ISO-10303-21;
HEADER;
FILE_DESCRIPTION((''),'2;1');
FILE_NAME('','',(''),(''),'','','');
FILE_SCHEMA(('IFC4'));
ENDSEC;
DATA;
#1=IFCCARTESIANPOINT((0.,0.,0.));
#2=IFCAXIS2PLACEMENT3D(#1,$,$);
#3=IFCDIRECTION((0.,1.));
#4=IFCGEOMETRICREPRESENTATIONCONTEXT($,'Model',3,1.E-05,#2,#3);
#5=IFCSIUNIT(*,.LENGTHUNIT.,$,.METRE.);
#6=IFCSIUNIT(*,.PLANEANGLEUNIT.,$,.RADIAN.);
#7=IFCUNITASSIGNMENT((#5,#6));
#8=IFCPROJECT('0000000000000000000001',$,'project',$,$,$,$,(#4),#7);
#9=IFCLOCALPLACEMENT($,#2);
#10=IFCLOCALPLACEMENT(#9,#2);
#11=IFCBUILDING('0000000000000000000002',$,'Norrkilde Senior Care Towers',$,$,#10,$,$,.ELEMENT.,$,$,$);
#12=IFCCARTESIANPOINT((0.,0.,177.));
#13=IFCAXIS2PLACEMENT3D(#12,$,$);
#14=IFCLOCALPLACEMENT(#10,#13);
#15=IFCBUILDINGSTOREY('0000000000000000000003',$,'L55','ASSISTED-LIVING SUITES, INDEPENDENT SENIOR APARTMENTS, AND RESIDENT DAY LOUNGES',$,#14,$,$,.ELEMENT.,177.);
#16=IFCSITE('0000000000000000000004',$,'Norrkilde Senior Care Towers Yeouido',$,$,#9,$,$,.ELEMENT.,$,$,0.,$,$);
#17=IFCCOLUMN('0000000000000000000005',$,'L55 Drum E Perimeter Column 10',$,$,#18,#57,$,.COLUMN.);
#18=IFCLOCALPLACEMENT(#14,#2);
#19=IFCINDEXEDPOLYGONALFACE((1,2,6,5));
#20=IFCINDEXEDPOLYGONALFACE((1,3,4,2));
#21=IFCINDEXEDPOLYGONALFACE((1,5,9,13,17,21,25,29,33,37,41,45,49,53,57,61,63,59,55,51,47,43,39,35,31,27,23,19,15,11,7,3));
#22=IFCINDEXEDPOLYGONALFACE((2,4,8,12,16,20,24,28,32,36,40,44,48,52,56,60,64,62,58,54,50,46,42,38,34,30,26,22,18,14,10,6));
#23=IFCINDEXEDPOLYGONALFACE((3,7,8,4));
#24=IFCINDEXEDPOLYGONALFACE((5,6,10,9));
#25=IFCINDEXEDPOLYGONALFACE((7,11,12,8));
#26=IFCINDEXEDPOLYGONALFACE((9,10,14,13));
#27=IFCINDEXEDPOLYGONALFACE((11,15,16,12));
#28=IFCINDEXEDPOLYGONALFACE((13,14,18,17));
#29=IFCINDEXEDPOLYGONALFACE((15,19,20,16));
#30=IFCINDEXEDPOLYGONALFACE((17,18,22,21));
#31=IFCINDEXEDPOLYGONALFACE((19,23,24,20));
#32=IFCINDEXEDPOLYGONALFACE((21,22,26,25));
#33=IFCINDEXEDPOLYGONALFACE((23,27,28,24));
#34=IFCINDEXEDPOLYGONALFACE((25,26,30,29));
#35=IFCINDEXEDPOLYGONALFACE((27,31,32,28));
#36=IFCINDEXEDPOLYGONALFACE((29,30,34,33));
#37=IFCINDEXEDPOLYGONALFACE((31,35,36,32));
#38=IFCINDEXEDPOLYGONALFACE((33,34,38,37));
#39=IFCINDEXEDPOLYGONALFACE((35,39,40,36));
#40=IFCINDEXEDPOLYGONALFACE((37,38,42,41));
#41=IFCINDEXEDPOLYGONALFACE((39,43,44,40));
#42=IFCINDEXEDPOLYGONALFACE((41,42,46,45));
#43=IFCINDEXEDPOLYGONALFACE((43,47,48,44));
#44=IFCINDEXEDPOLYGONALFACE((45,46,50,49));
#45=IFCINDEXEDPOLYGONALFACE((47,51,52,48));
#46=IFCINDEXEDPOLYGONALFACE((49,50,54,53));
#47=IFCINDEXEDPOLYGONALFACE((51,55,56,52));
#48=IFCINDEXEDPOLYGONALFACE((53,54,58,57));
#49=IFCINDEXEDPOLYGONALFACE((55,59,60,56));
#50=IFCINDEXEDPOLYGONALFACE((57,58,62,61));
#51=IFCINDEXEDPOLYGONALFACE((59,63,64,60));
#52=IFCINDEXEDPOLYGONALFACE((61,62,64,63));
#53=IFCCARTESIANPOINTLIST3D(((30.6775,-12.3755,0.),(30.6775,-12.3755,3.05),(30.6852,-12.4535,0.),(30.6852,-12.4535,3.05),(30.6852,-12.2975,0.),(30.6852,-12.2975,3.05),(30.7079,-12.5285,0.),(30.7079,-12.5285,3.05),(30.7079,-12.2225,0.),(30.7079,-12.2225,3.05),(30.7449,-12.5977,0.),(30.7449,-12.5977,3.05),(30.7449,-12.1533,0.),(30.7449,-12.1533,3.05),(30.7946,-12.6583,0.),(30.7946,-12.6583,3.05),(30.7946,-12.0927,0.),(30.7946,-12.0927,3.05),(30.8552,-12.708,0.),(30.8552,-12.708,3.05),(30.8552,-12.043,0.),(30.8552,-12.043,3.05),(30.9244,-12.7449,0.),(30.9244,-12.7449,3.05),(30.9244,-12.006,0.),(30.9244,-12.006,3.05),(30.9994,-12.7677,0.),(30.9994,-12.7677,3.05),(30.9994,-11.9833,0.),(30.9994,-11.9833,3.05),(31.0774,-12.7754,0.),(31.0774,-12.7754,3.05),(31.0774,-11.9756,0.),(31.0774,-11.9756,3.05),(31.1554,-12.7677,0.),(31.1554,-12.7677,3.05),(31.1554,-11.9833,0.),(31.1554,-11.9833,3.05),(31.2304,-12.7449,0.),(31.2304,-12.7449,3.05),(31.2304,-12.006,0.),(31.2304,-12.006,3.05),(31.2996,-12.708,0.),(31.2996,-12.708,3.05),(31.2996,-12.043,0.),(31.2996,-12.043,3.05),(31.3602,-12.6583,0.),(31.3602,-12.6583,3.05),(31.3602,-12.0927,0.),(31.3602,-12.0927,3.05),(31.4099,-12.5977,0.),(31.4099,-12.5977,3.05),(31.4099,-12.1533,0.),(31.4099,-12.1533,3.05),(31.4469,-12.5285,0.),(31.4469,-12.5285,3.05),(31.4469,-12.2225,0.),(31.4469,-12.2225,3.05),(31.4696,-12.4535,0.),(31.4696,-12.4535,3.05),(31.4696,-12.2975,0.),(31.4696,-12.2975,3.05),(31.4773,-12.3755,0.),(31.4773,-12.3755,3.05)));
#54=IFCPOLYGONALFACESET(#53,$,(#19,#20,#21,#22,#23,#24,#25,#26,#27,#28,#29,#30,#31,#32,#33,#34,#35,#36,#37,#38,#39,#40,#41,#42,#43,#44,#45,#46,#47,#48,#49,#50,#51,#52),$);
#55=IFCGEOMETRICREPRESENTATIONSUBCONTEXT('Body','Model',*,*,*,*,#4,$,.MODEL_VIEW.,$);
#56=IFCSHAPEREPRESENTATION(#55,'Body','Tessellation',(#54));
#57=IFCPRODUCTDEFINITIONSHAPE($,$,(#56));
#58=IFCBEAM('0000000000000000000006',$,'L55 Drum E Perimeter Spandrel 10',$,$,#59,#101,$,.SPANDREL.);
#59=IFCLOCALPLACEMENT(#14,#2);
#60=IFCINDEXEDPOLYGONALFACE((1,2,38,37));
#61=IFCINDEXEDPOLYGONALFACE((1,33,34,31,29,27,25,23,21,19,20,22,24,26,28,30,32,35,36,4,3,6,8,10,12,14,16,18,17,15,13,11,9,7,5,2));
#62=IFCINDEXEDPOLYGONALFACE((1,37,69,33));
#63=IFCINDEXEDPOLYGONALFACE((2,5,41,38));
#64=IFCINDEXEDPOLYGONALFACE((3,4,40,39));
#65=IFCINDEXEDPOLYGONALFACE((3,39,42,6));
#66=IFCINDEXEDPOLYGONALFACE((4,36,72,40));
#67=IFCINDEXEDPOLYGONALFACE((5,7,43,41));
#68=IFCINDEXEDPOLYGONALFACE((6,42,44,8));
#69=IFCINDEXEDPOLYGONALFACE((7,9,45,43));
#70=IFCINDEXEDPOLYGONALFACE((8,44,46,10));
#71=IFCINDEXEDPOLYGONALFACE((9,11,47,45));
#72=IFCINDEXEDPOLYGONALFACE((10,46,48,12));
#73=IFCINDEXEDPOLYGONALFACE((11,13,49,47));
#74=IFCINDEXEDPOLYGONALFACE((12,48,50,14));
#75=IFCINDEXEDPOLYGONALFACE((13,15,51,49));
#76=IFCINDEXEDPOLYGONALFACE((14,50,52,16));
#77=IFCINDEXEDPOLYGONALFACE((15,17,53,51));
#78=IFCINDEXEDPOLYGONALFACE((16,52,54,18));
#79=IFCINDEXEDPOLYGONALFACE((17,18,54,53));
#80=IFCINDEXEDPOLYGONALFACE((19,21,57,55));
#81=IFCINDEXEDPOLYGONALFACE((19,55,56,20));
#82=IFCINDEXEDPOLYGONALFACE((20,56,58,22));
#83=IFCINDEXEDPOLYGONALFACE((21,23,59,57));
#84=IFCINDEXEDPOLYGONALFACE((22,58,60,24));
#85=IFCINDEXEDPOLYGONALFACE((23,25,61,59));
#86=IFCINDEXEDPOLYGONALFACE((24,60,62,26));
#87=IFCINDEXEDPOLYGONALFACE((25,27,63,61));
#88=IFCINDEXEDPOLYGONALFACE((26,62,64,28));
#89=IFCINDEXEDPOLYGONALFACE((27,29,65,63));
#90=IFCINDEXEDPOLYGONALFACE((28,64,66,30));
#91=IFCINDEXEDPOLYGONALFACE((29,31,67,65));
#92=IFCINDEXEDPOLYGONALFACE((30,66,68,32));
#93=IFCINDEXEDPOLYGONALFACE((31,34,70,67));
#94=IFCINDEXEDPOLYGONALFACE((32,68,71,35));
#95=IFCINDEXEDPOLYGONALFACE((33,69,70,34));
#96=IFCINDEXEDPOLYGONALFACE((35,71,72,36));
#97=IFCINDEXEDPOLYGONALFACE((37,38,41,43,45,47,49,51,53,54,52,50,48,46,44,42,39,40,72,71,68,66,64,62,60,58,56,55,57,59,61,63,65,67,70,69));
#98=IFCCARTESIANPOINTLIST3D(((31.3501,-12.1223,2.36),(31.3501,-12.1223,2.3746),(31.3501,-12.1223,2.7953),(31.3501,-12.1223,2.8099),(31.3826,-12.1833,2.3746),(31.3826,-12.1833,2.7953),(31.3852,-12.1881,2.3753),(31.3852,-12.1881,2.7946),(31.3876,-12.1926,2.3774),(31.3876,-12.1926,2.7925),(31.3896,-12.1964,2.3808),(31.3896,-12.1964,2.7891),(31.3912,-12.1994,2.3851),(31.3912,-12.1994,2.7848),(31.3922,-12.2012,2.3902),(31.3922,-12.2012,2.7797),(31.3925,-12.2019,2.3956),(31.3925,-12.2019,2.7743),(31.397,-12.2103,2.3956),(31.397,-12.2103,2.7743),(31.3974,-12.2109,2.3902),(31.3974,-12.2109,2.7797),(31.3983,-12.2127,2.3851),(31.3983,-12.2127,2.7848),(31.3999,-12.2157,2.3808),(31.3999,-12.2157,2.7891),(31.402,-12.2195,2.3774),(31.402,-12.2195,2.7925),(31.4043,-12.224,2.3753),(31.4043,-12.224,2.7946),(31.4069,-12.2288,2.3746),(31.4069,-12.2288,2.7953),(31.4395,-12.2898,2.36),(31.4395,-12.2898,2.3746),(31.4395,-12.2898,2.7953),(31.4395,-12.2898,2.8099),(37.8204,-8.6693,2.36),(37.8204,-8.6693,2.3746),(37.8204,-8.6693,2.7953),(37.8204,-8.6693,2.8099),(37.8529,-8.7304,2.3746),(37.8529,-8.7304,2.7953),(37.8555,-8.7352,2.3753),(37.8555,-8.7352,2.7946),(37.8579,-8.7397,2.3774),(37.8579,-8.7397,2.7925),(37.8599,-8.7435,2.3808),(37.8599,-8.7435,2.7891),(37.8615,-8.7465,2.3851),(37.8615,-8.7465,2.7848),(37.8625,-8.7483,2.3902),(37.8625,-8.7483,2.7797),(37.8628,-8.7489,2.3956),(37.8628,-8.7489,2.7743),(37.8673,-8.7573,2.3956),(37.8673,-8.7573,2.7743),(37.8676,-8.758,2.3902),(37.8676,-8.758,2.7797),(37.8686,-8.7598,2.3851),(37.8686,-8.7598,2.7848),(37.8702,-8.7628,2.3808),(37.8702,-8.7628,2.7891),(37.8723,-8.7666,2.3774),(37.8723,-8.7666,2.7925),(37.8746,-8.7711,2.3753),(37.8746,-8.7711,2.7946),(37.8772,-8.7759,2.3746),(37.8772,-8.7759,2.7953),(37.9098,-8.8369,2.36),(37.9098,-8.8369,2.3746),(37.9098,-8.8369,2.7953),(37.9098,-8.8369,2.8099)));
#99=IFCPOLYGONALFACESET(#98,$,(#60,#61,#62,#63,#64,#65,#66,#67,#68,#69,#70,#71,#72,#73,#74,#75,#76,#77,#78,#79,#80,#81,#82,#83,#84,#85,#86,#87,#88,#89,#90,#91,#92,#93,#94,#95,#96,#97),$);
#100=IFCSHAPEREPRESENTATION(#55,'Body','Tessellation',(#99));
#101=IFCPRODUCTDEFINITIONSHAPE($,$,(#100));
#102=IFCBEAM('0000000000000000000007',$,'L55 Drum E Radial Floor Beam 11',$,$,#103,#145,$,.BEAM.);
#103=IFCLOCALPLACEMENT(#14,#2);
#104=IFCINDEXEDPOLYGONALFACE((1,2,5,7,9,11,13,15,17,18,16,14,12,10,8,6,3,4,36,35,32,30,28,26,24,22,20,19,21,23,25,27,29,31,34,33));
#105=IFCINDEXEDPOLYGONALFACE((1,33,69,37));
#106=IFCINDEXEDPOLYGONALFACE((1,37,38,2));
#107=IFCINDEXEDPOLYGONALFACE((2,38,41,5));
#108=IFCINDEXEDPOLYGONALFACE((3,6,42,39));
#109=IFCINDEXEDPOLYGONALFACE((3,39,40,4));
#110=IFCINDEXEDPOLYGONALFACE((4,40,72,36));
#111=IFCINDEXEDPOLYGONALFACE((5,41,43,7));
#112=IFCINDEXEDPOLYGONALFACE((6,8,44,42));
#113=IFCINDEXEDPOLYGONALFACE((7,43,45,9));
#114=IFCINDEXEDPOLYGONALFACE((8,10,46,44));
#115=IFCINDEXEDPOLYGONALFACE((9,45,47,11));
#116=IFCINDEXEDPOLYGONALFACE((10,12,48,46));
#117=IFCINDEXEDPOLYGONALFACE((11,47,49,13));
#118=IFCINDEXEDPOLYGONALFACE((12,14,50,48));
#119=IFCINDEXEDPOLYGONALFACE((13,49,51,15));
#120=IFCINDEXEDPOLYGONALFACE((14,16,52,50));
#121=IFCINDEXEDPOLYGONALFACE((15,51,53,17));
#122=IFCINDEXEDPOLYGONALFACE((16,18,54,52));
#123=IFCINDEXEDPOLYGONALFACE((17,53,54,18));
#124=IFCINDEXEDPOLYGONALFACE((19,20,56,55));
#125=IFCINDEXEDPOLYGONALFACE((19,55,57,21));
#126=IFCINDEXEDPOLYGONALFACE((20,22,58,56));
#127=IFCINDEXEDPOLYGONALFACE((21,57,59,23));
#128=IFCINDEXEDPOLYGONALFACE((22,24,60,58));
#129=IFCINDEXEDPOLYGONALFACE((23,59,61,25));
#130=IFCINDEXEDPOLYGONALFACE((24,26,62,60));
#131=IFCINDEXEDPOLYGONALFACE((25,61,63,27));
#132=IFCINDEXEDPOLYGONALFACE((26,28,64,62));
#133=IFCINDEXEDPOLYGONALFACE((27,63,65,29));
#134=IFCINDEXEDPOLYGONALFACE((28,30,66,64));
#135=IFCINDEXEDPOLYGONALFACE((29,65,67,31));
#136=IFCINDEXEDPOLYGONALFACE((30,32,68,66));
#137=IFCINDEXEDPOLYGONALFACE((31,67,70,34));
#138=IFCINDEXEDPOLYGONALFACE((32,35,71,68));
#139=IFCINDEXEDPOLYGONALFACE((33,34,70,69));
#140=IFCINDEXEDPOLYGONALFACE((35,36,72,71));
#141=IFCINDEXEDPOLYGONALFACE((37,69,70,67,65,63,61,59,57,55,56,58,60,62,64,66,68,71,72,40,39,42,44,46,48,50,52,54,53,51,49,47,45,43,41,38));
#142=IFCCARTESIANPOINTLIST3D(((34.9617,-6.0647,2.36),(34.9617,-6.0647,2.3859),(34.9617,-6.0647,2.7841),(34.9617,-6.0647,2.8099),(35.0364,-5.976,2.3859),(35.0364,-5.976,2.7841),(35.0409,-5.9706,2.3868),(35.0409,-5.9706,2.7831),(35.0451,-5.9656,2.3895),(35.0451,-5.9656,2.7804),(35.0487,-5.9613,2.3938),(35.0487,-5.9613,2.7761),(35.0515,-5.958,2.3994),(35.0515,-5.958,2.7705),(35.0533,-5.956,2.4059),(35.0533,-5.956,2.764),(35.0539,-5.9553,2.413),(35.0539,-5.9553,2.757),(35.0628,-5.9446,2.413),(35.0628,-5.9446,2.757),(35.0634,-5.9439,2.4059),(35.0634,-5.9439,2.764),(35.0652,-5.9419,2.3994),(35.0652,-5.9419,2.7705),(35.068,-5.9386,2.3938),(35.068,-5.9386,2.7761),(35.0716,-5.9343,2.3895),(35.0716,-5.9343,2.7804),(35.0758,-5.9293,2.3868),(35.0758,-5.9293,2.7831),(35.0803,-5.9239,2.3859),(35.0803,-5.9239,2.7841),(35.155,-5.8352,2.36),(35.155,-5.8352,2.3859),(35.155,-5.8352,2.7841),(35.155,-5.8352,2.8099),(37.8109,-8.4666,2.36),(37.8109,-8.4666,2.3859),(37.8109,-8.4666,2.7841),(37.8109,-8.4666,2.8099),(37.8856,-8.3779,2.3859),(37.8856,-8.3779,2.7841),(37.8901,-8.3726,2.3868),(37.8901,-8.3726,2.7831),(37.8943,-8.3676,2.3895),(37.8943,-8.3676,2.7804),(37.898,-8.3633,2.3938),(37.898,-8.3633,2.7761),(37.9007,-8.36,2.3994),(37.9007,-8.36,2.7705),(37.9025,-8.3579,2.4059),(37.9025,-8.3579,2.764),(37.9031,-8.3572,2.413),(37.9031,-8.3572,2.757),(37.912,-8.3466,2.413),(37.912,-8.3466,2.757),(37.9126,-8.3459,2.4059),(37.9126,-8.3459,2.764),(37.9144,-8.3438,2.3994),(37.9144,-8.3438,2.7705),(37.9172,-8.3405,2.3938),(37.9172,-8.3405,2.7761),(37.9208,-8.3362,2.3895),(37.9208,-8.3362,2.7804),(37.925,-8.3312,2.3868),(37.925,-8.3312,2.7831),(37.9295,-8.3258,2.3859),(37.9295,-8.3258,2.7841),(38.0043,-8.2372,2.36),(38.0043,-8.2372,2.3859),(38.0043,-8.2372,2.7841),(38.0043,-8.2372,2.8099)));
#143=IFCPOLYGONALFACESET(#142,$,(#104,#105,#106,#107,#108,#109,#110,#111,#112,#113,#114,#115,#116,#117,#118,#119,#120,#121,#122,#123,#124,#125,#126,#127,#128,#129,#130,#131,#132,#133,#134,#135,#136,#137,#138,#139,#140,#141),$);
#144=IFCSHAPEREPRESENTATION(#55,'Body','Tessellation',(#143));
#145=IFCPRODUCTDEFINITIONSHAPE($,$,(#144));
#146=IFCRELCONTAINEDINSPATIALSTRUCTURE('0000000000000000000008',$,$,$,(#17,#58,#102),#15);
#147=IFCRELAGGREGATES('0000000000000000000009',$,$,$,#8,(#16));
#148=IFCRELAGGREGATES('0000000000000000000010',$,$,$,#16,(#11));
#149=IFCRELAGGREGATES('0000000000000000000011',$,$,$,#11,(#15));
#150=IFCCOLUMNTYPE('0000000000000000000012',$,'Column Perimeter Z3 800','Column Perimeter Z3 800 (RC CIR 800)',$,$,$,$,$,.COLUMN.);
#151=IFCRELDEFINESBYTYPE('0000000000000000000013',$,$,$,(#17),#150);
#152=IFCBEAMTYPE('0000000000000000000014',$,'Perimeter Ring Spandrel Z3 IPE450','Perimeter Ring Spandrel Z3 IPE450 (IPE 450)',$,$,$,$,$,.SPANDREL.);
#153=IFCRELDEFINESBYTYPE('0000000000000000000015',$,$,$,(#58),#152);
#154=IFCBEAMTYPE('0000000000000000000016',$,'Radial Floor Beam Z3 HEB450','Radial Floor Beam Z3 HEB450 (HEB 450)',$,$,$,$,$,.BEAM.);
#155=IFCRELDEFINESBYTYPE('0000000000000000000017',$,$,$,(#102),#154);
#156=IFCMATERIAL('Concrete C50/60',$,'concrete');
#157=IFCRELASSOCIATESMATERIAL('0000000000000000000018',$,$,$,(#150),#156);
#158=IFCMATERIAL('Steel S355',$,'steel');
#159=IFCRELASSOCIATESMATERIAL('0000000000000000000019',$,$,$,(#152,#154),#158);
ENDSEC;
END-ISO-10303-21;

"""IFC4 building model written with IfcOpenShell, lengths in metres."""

from ifc_helpers import new_model, si_unit, direction, frame, origin, origin_2d, place, context, subcontext, project, spatial, circle, i_section, extrude, source, transform, mapped, material, material_profile, profile_set, type_object, type_shapes, element, save


model = new_model("IFC4")

# Units and contexts
model_context = context("Model", 3, precision=1e-05, world=origin(), true_north=direction((0.0, 1.0)))
body_context = subcontext(model_context, "Body", "Model", "MODEL_VIEW")
ifc_project = project(units=[si_unit("LENGTHUNIT", "METRE"), si_unit("PLANEANGLEUNIT", "RADIAN")], contexts=[model_context])

# Site, building, storey
site_placement = place(None, origin())
site = spatial("IfcSite", under=ifc_project, at=site_placement, Name="Norrkilde Senior Care Towers Yeouido", CompositionType="ELEMENT", RefElevation=0.0)
building_placement = place(site_placement, origin())
building = spatial("IfcBuilding", under=site, at=building_placement, Name="Norrkilde Senior Care Towers", CompositionType="ELEMENT")
storey_placement = place(building_placement, frame((0.0, 0.0, 177.0)))
storey = spatial("IfcBuildingStorey", under=building, at=storey_placement, Name="L55", Description="ASSISTED-LIVING SUITES, INDEPENDENT SENIOR APARTMENTS, AND RESIDENT DAY LOUNGES", CompositionType="ELEMENT", Elevation=177.0)

# Column
ifc_material_1 = material(Name="Concrete C50/60", Category="concrete")
ifc_material_profile_1 = material_profile(ifc_material_1, circle(Radius=0.3999, at=origin_2d()), Name="RC CIR 800")
ifc_profile_set_1 = profile_set([ifc_material_profile_1], Name="Concrete C50/60")
column_type = type_object("IfcColumnType", Name="Column Perimeter Z3 800", Description="Column Perimeter Z3 800 (RC CIR 800)", PredefinedType="COLUMN", material=ifc_profile_set_1)
shared_shape_1 = source(origin(), body_context, "Body", "SweptSolid", [
    extrude(circle(Radius=0.3999, at=origin_2d()), origin(), (0.0, 0.0, 1.0), 3.05),
])
type_shapes(column_type, [shared_shape_1])
column_placement = place(storey_placement, frame((31.0774, -12.3755, 0.0), z_axis=(0.0, 0.0, 1.0), x_axis=(1.0, 0.0, 0.0)))
element("IfcColumn", 1, at=column_placement, inside=storey, type_object=column_type, Name="L55 Drum E Perimeter Column 10", PredefinedType="COLUMN", context=body_context, shape_type="MappedRepresentation", body=[
    mapped(shared_shape_1, transform((0.0, 0.0, 0.0), x_axis=(1.0, 0.0, 0.0), y_axis=(0.0, 1.0, 0.0), z_axis=(0.0, 0.0, 1.0), scale=1.0)),
])

# Beams
ifc_material_2 = material(Name="Steel S355", Category="steel")
ifc_material_profile_2 = material_profile(ifc_material_2, i_section(OverallWidth=0.1899, OverallDepth=0.45, WebThickness=0.0095, FlangeThickness=0.0146, FilletRadius=0.021, at=origin_2d()), Name="IPE 450")
ifc_profile_set_2 = profile_set([ifc_material_profile_2], Name="Steel S355")
beam_type_1 = type_object("IfcBeamType", Name="Perimeter Ring Spandrel Z3 IPE450", Description="Perimeter Ring Spandrel Z3 IPE450 (IPE 450)", PredefinedType="SPANDREL", material=ifc_profile_set_2)
shared_shape_2 = source(origin(), body_context, "Body", "SweptSolid", [
    extrude(i_section(OverallWidth=0.1899, OverallDepth=0.45, WebThickness=0.0095, FlangeThickness=0.0146, FilletRadius=0.021, at=origin_2d()), origin(), (0.0, 0.0, 1.0), 7.334),
])
type_shapes(beam_type_1, [shared_shape_2])
beam_1_placement = place(storey_placement, frame((31.3948, -12.2061, 2.585), z_axis=(0.882234, 0.470811, 0.0), x_axis=(-0.470811, 0.882234, 0.0)))
element("IfcBeam", 2, at=beam_1_placement, inside=storey, type_object=beam_type_1, Name="L55 Drum E Perimeter Spandrel 10", PredefinedType="SPANDREL", context=body_context, shape_type="MappedRepresentation", body=[
    mapped(shared_shape_2, transform((0.0, 0.0, 0.0), x_axis=(1.0, 0.0, 0.0), y_axis=(0.0, 1.0, 0.0), z_axis=(0.0, 0.0, 1.0), scale=1.0)),
])
ifc_material_profile_3 = material_profile(ifc_material_2, i_section(OverallWidth=0.3, OverallDepth=0.45, WebThickness=0.0139, FlangeThickness=0.0259, FilletRadius=0.0271, at=origin_2d()), Name="HEB 450")
ifc_profile_set_3 = profile_set([ifc_material_profile_3], Name="Steel S355")
beam_type_2 = type_object("IfcBeamType", Name="Radial Floor Beam Z3 HEB450", Description="Radial Floor Beam Z3 HEB450 (HEB 450)", PredefinedType="BEAM", material=ifc_profile_set_3)
shared_shape_3 = source(origin(), body_context, "Body", "SweptSolid", [
    extrude(i_section(OverallWidth=0.3, OverallDepth=0.45, WebThickness=0.0139, FlangeThickness=0.0259, FilletRadius=0.0271, at=origin_2d()), origin(), (0.0, 0.0, 1.0), 3.7266),
])
beam_2_placement = place(storey_placement, frame((35.0583, -5.95, 2.585), z_axis=(0.764568, -0.644543, 0.0), x_axis=(0.644543, 0.764568, 0.0)))
element("IfcBeam", 3, at=beam_2_placement, inside=storey, type_object=beam_type_2, Name="L55 Drum E Radial Floor Beam 11", PredefinedType="BEAM", context=body_context, shape_type="MappedRepresentation", body=[
    mapped(shared_shape_3, transform((0.0, 0.0, 0.0), x_axis=(1.0, 0.0, 0.0), y_axis=(0.0, 1.0, 0.0), z_axis=(0.0, 0.0, 1.0), scale=1.0)),
])

save(model, "model.ifc")
